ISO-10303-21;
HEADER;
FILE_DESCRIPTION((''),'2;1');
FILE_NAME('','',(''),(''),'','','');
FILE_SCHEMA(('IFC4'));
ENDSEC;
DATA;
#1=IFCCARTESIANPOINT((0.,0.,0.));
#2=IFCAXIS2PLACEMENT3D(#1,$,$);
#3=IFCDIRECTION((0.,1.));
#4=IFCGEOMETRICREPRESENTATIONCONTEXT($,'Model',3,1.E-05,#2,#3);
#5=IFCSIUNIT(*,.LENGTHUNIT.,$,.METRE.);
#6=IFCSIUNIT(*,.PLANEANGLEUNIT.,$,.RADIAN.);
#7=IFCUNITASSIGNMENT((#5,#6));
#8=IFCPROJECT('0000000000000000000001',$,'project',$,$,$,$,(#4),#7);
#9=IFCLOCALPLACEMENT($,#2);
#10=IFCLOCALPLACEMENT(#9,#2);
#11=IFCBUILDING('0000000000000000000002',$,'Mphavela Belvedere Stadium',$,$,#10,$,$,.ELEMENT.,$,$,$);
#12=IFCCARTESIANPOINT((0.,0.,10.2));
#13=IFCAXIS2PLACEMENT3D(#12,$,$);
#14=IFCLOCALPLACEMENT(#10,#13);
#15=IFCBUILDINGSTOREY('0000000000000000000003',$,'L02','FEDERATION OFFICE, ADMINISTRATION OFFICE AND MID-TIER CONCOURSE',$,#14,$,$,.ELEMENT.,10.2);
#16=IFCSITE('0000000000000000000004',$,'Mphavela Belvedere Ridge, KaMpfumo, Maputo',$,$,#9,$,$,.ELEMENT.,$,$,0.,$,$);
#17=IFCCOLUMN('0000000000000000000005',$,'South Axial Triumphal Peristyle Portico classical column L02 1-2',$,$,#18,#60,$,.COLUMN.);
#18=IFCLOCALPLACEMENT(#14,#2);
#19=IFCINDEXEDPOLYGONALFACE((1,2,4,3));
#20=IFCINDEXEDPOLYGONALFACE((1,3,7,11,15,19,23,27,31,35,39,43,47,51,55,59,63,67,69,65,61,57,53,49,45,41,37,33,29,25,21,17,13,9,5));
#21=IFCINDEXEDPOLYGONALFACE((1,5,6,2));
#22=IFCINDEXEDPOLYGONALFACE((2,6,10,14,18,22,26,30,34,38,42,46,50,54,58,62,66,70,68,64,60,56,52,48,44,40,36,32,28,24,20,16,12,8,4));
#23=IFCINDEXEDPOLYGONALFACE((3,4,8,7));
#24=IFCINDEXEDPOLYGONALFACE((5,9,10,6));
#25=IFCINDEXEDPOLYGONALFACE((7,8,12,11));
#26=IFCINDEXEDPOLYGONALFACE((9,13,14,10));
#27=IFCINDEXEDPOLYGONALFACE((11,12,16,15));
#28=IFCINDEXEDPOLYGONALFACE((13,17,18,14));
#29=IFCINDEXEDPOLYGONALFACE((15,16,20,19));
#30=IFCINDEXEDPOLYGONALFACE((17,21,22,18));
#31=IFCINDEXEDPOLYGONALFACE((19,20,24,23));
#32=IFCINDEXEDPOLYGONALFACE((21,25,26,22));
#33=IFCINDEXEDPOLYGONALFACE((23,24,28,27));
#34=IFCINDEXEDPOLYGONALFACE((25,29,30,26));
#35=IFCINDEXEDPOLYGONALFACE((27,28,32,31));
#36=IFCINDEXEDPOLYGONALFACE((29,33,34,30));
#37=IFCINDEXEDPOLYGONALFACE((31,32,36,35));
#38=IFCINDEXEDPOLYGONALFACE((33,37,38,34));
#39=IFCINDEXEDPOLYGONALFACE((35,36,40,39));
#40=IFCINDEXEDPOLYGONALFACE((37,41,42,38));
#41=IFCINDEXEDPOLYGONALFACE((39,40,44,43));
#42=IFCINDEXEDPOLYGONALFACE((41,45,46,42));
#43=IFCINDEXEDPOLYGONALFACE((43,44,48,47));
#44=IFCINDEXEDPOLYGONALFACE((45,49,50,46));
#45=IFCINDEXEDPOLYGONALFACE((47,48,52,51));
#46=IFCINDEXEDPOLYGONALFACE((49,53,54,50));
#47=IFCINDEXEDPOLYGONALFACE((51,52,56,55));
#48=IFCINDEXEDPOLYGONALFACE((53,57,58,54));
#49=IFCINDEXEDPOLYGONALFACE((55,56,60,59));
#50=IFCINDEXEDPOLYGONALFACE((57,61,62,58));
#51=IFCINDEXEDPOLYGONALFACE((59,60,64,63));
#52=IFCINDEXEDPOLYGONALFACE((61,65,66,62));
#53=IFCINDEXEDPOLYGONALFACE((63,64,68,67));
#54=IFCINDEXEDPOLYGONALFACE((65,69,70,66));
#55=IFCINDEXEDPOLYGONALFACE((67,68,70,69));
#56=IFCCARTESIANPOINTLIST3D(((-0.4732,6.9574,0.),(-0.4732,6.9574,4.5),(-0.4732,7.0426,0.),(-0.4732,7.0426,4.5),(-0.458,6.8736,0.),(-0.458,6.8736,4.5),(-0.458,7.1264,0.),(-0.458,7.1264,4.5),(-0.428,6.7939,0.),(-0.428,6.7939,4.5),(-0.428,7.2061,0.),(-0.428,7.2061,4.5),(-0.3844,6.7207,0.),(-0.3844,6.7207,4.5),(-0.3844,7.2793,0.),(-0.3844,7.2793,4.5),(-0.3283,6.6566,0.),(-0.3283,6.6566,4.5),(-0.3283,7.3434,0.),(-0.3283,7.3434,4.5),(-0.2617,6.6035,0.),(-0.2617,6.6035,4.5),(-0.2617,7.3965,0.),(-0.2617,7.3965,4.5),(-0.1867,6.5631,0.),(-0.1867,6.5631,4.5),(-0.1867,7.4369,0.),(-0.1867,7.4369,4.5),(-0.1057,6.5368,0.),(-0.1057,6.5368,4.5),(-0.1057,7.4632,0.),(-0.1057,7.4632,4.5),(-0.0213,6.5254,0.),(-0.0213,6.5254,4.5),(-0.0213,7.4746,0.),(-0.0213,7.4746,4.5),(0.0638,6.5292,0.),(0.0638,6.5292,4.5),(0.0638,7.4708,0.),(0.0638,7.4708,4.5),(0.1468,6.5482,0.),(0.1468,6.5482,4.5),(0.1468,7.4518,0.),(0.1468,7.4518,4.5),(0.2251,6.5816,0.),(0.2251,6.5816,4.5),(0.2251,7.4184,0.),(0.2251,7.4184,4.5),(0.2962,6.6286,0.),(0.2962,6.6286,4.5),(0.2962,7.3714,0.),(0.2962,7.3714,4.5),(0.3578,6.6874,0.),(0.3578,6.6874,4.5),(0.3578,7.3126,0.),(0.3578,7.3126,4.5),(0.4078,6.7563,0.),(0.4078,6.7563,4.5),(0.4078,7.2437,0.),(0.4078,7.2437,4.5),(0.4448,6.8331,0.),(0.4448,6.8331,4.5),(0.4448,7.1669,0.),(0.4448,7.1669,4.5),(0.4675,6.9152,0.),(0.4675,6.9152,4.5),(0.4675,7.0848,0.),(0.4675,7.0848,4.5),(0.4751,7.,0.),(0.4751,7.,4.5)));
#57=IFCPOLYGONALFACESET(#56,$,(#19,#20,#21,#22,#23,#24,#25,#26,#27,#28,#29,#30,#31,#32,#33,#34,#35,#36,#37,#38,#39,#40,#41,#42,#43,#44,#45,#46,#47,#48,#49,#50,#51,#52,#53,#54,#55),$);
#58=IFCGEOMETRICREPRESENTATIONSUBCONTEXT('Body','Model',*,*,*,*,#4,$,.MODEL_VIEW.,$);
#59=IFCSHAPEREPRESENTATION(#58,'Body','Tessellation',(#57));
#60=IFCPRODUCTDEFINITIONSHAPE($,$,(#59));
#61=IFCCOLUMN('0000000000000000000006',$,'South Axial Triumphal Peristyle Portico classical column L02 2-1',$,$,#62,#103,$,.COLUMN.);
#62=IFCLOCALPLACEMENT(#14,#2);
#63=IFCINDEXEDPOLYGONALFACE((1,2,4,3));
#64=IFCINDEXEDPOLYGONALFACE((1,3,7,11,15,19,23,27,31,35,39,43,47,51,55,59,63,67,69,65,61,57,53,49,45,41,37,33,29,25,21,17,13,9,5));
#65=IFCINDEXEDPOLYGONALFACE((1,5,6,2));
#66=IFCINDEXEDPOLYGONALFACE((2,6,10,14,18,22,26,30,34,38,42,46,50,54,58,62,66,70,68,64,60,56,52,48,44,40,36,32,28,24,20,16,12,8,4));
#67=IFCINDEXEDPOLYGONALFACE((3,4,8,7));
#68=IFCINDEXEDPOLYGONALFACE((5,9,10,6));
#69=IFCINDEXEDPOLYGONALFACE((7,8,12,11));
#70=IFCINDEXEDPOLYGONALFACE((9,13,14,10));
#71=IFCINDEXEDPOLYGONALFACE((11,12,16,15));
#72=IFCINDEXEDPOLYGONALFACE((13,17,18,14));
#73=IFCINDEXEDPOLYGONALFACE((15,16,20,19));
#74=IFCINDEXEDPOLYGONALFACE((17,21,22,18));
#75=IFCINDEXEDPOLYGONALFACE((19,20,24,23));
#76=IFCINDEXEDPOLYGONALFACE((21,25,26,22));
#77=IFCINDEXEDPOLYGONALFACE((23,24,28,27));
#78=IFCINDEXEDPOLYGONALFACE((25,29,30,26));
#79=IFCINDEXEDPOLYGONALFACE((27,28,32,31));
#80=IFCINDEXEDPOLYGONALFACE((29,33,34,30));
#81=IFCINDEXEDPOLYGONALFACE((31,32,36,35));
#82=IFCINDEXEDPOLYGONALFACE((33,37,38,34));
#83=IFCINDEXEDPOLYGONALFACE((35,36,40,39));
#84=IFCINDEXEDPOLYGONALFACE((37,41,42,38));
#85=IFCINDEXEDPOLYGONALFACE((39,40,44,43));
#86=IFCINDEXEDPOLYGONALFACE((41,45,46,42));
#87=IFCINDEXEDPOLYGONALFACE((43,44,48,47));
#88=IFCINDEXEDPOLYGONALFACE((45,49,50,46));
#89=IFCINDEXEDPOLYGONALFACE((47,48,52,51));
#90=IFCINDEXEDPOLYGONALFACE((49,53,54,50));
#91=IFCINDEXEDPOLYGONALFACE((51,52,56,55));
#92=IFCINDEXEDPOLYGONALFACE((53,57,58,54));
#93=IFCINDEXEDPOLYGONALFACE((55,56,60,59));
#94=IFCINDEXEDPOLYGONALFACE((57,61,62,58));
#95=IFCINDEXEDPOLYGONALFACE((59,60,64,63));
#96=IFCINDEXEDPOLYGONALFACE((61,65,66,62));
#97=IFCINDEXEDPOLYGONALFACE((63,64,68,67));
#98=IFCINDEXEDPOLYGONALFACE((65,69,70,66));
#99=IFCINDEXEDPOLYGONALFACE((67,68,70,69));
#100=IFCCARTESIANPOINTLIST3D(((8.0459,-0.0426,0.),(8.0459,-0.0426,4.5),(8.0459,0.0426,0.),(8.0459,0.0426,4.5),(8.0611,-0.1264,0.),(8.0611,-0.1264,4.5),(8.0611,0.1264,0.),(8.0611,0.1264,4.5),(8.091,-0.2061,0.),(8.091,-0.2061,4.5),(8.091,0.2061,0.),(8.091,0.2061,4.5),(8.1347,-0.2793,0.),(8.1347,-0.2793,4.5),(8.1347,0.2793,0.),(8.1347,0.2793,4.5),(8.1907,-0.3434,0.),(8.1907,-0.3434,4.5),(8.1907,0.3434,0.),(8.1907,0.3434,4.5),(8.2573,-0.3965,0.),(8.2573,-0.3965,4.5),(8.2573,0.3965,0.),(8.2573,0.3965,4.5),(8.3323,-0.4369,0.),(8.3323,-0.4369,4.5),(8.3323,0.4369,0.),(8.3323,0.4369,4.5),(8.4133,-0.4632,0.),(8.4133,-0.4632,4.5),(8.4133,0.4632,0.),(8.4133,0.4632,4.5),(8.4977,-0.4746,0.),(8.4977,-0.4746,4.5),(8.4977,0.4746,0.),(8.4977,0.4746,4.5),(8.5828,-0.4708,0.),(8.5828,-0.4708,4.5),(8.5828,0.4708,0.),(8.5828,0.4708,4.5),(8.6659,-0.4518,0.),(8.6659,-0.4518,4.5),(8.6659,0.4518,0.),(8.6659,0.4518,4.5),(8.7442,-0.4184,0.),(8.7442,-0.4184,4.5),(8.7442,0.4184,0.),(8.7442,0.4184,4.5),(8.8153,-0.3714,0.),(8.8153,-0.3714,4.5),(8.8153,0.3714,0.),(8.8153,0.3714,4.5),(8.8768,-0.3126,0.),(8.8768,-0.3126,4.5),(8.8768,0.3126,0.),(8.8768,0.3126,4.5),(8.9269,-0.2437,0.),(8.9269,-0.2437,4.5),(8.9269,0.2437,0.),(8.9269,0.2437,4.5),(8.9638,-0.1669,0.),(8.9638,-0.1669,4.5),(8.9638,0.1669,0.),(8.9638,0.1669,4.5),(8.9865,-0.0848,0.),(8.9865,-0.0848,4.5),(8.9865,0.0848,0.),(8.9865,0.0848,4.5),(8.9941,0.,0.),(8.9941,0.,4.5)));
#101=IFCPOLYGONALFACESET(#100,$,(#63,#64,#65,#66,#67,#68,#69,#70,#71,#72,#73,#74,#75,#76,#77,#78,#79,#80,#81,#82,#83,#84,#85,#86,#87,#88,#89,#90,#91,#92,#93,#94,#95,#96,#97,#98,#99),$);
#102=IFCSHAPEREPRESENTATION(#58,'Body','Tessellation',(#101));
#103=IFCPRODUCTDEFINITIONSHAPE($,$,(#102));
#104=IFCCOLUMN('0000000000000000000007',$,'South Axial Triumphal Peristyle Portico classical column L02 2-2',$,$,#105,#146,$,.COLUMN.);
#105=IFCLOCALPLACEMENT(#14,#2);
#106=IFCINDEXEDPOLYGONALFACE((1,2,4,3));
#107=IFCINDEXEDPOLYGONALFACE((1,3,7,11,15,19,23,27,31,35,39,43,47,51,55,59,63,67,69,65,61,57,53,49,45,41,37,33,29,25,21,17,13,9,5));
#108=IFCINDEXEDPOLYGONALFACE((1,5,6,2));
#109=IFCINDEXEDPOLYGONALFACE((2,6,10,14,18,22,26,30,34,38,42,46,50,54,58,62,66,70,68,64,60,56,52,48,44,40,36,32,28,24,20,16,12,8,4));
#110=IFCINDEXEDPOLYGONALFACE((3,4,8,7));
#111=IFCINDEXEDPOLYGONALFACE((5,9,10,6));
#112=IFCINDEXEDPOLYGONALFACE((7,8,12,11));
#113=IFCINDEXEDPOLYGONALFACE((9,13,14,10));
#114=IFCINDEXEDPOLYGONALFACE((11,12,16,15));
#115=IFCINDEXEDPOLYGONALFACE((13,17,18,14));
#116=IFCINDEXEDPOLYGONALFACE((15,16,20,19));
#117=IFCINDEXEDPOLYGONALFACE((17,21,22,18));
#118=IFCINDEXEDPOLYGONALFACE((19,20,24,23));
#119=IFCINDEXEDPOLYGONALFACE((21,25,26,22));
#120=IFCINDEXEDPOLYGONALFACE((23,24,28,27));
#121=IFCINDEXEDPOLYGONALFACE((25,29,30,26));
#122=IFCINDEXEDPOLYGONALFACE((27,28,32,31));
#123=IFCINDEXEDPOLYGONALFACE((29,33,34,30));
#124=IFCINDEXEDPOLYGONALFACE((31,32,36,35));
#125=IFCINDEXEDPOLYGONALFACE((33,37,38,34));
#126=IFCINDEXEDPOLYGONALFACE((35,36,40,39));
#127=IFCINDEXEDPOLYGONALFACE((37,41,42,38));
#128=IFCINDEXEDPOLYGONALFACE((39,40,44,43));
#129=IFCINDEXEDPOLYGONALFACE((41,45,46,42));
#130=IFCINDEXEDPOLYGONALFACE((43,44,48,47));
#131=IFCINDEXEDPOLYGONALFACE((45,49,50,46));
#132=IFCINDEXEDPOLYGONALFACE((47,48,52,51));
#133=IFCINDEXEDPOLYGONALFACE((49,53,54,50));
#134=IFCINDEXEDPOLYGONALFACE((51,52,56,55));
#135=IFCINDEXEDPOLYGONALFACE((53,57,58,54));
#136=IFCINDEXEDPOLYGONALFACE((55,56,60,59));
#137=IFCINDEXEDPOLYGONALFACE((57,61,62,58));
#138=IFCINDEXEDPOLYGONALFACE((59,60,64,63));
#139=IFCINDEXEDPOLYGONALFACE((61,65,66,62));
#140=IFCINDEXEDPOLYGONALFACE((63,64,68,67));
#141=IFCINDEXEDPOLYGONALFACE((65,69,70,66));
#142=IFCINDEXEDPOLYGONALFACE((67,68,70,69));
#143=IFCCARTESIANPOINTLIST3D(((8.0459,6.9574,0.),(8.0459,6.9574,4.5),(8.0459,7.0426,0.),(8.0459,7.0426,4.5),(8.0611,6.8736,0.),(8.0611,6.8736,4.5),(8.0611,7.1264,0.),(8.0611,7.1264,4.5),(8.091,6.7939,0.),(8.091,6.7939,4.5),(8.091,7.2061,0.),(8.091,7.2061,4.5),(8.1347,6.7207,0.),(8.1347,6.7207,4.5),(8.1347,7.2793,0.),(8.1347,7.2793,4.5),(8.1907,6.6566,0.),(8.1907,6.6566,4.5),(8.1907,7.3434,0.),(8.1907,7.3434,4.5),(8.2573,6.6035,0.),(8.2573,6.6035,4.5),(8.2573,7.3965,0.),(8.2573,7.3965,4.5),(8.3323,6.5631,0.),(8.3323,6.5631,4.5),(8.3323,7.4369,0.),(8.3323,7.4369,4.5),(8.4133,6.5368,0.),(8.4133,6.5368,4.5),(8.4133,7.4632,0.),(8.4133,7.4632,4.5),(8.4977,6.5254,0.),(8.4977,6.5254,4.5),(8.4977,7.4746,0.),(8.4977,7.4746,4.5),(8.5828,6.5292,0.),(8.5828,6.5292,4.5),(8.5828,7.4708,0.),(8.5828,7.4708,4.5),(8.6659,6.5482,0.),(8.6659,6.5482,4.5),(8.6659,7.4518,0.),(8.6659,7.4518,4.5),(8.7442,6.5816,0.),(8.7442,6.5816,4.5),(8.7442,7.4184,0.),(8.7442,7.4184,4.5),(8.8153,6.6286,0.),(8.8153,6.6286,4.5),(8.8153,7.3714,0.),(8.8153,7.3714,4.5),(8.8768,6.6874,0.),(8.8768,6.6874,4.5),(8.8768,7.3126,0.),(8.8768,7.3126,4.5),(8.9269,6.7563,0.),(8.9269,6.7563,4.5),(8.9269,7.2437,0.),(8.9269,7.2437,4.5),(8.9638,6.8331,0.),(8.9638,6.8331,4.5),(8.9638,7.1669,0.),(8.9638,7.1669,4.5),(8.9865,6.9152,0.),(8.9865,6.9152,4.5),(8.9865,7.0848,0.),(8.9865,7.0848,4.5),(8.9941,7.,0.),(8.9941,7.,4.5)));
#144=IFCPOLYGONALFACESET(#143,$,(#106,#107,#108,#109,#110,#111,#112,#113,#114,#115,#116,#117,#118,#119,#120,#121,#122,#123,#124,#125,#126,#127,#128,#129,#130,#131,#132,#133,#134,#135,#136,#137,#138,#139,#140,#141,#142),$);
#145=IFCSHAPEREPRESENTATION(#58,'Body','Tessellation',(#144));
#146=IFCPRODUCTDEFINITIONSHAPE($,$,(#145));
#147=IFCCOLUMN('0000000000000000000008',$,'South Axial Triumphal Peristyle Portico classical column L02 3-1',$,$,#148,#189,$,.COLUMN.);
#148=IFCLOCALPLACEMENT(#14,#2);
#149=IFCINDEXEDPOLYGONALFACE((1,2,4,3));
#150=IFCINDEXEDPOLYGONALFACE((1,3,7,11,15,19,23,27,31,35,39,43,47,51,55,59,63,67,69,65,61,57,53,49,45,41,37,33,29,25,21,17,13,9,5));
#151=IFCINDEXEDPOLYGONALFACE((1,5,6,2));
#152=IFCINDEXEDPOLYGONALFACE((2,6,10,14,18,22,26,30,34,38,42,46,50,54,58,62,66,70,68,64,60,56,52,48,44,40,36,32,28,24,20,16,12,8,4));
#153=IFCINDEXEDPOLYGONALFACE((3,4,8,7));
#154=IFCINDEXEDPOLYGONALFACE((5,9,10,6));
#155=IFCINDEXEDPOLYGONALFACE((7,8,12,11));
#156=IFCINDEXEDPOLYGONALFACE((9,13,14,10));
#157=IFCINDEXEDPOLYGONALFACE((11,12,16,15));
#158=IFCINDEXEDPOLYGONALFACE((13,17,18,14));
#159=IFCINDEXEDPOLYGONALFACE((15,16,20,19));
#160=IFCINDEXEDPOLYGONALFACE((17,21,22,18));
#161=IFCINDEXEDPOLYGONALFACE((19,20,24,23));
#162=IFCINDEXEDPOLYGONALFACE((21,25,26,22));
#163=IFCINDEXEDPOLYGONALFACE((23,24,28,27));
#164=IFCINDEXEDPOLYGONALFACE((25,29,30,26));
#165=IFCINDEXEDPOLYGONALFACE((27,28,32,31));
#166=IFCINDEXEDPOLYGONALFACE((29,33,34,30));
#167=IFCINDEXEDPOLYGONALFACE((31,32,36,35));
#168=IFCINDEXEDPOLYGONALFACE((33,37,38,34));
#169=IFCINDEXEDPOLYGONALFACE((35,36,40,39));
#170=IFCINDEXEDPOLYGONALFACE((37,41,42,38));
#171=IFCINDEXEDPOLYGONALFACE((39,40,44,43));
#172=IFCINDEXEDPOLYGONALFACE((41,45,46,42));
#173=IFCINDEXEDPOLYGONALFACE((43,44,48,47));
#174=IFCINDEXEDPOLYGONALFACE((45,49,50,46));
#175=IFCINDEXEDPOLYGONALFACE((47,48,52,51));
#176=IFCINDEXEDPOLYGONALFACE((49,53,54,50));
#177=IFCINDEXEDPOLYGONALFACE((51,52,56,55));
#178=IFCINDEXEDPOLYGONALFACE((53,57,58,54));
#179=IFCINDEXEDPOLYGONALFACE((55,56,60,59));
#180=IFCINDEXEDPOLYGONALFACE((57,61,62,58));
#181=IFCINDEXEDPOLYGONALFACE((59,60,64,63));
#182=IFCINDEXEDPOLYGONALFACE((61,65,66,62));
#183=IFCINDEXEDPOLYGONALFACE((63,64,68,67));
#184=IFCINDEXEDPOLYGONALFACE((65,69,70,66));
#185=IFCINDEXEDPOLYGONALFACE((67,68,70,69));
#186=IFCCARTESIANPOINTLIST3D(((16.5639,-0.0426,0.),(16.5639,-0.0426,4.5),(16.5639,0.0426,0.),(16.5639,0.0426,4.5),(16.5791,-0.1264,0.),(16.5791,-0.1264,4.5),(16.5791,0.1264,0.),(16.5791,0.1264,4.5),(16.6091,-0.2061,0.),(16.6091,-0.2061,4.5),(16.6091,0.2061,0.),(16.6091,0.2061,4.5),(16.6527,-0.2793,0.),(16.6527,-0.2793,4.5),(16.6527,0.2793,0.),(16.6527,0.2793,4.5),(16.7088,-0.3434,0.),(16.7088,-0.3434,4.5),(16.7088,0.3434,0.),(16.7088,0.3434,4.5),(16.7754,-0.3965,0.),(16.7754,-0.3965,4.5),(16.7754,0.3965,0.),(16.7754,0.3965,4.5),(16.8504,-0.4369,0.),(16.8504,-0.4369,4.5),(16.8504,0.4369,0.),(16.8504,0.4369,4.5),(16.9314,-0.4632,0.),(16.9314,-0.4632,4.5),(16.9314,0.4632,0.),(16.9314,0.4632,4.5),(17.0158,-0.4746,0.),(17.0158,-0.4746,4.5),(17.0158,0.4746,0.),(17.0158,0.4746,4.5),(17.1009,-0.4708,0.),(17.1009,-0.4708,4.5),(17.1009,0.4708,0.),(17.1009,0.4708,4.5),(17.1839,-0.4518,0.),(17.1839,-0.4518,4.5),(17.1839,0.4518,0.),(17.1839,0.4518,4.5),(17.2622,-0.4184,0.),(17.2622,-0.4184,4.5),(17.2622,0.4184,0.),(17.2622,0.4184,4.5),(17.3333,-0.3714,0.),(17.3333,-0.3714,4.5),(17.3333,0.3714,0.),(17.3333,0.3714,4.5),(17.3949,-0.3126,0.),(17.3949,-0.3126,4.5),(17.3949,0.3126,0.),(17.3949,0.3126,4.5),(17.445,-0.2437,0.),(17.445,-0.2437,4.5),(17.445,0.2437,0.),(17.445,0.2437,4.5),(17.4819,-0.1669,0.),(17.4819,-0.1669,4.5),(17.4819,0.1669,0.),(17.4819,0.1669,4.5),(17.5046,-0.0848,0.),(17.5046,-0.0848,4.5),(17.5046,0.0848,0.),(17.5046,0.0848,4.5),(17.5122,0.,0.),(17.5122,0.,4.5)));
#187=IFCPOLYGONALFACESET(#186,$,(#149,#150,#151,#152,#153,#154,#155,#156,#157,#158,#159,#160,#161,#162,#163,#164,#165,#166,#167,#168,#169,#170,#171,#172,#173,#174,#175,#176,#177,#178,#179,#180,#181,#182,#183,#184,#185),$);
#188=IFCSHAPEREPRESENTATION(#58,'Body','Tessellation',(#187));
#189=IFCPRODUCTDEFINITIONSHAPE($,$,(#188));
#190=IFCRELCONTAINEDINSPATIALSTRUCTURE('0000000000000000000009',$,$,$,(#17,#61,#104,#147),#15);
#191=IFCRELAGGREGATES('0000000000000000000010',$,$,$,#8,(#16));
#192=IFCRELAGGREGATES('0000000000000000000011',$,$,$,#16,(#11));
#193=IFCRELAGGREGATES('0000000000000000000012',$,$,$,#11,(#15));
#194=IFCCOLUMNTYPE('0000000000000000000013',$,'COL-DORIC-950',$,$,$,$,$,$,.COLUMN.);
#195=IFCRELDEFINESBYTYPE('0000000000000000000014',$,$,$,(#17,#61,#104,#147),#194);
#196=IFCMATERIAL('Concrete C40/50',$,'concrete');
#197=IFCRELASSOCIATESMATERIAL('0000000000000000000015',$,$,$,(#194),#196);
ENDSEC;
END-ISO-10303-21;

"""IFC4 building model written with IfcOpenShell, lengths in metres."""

from ifc_helpers import new_model, si_unit, direction, frame, origin, origin_2d, place, context, subcontext, project, spatial, circle, extrude, material, material_profile, profile_set, type_object, element, save


model = new_model("IFC4")

# Units and contexts
model_context = context("Model", 3, precision=1e-05, world=origin(), true_north=direction((0.0, 1.0)))
body_context = subcontext(model_context, "Body", "Model", "MODEL_VIEW")
ifc_project = project(units=[si_unit("LENGTHUNIT", "METRE"), si_unit("PLANEANGLEUNIT", "RADIAN")], contexts=[model_context])

# Site, building, storey
site_placement = place(None, origin())
site = spatial("IfcSite", under=ifc_project, at=site_placement, Name="Mphavela Belvedere Ridge, KaMpfumo, Maputo", CompositionType="ELEMENT", RefElevation=0.0)
building_placement = place(site_placement, origin())
building = spatial("IfcBuilding", under=site, at=building_placement, Name="Mphavela Belvedere Stadium", CompositionType="ELEMENT")
storey_placement = place(building_placement, frame((0.0, 0.0, 10.2)))
storey = spatial("IfcBuildingStorey", under=building, at=storey_placement, Name="L02", Description="FEDERATION OFFICE, ADMINISTRATION OFFICE AND MID-TIER CONCOURSE", CompositionType="ELEMENT", Elevation=10.2)

# Columns
ifc_material_1 = material(Name="Concrete C40/50", Category="concrete")
ifc_material_profile_1 = material_profile(ifc_material_1, circle(Radius=0.4751, at=origin_2d()), Name="COL D950")
ifc_profile_set_1 = profile_set([ifc_material_profile_1], Name="Concrete C40/50")
column_type = type_object("IfcColumnType", Name="COL-DORIC-950", PredefinedType="COLUMN", material=ifc_profile_set_1)
for number, where, z_axis, x_axis, name in (
    (1, (0.0, 7.0, 0.0), (0.0, 0.0, 1.0), (1.0, 0.0, 0.0), "South Axial Triumphal Peristyle Portico classical column L02 1-2"),
    (2, (8.519, 0.0, 0.0), (0.0, 0.0, 1.0), (1.0, 0.0, 0.0), "South Axial Triumphal Peristyle Portico classical column L02 2-1"),
    (3, (8.519, 7.0, 0.0), (0.0, 0.0, 1.0), (1.0, 0.0, 0.0), "South Axial Triumphal Peristyle Portico classical column L02 2-2"),
    (4, (17.0371, 0.0, 0.0), (0.0, 0.0, 1.0), (1.0, 0.0, 0.0), "South Axial Triumphal Peristyle Portico classical column L02 3-1"),
):
    element("IfcColumn", number, at=place(storey_placement, frame(where, z_axis=z_axis, x_axis=x_axis)), inside=storey, type_object=column_type, Name=name, PredefinedType="COLUMN", context=body_context, shape_type="SweptSolid", body=[
        extrude(circle(Radius=0.4751, at=origin_2d()), origin(), (0.0, 0.0, 1.0), 4.5),
    ])

save(model, "model.ifc")
